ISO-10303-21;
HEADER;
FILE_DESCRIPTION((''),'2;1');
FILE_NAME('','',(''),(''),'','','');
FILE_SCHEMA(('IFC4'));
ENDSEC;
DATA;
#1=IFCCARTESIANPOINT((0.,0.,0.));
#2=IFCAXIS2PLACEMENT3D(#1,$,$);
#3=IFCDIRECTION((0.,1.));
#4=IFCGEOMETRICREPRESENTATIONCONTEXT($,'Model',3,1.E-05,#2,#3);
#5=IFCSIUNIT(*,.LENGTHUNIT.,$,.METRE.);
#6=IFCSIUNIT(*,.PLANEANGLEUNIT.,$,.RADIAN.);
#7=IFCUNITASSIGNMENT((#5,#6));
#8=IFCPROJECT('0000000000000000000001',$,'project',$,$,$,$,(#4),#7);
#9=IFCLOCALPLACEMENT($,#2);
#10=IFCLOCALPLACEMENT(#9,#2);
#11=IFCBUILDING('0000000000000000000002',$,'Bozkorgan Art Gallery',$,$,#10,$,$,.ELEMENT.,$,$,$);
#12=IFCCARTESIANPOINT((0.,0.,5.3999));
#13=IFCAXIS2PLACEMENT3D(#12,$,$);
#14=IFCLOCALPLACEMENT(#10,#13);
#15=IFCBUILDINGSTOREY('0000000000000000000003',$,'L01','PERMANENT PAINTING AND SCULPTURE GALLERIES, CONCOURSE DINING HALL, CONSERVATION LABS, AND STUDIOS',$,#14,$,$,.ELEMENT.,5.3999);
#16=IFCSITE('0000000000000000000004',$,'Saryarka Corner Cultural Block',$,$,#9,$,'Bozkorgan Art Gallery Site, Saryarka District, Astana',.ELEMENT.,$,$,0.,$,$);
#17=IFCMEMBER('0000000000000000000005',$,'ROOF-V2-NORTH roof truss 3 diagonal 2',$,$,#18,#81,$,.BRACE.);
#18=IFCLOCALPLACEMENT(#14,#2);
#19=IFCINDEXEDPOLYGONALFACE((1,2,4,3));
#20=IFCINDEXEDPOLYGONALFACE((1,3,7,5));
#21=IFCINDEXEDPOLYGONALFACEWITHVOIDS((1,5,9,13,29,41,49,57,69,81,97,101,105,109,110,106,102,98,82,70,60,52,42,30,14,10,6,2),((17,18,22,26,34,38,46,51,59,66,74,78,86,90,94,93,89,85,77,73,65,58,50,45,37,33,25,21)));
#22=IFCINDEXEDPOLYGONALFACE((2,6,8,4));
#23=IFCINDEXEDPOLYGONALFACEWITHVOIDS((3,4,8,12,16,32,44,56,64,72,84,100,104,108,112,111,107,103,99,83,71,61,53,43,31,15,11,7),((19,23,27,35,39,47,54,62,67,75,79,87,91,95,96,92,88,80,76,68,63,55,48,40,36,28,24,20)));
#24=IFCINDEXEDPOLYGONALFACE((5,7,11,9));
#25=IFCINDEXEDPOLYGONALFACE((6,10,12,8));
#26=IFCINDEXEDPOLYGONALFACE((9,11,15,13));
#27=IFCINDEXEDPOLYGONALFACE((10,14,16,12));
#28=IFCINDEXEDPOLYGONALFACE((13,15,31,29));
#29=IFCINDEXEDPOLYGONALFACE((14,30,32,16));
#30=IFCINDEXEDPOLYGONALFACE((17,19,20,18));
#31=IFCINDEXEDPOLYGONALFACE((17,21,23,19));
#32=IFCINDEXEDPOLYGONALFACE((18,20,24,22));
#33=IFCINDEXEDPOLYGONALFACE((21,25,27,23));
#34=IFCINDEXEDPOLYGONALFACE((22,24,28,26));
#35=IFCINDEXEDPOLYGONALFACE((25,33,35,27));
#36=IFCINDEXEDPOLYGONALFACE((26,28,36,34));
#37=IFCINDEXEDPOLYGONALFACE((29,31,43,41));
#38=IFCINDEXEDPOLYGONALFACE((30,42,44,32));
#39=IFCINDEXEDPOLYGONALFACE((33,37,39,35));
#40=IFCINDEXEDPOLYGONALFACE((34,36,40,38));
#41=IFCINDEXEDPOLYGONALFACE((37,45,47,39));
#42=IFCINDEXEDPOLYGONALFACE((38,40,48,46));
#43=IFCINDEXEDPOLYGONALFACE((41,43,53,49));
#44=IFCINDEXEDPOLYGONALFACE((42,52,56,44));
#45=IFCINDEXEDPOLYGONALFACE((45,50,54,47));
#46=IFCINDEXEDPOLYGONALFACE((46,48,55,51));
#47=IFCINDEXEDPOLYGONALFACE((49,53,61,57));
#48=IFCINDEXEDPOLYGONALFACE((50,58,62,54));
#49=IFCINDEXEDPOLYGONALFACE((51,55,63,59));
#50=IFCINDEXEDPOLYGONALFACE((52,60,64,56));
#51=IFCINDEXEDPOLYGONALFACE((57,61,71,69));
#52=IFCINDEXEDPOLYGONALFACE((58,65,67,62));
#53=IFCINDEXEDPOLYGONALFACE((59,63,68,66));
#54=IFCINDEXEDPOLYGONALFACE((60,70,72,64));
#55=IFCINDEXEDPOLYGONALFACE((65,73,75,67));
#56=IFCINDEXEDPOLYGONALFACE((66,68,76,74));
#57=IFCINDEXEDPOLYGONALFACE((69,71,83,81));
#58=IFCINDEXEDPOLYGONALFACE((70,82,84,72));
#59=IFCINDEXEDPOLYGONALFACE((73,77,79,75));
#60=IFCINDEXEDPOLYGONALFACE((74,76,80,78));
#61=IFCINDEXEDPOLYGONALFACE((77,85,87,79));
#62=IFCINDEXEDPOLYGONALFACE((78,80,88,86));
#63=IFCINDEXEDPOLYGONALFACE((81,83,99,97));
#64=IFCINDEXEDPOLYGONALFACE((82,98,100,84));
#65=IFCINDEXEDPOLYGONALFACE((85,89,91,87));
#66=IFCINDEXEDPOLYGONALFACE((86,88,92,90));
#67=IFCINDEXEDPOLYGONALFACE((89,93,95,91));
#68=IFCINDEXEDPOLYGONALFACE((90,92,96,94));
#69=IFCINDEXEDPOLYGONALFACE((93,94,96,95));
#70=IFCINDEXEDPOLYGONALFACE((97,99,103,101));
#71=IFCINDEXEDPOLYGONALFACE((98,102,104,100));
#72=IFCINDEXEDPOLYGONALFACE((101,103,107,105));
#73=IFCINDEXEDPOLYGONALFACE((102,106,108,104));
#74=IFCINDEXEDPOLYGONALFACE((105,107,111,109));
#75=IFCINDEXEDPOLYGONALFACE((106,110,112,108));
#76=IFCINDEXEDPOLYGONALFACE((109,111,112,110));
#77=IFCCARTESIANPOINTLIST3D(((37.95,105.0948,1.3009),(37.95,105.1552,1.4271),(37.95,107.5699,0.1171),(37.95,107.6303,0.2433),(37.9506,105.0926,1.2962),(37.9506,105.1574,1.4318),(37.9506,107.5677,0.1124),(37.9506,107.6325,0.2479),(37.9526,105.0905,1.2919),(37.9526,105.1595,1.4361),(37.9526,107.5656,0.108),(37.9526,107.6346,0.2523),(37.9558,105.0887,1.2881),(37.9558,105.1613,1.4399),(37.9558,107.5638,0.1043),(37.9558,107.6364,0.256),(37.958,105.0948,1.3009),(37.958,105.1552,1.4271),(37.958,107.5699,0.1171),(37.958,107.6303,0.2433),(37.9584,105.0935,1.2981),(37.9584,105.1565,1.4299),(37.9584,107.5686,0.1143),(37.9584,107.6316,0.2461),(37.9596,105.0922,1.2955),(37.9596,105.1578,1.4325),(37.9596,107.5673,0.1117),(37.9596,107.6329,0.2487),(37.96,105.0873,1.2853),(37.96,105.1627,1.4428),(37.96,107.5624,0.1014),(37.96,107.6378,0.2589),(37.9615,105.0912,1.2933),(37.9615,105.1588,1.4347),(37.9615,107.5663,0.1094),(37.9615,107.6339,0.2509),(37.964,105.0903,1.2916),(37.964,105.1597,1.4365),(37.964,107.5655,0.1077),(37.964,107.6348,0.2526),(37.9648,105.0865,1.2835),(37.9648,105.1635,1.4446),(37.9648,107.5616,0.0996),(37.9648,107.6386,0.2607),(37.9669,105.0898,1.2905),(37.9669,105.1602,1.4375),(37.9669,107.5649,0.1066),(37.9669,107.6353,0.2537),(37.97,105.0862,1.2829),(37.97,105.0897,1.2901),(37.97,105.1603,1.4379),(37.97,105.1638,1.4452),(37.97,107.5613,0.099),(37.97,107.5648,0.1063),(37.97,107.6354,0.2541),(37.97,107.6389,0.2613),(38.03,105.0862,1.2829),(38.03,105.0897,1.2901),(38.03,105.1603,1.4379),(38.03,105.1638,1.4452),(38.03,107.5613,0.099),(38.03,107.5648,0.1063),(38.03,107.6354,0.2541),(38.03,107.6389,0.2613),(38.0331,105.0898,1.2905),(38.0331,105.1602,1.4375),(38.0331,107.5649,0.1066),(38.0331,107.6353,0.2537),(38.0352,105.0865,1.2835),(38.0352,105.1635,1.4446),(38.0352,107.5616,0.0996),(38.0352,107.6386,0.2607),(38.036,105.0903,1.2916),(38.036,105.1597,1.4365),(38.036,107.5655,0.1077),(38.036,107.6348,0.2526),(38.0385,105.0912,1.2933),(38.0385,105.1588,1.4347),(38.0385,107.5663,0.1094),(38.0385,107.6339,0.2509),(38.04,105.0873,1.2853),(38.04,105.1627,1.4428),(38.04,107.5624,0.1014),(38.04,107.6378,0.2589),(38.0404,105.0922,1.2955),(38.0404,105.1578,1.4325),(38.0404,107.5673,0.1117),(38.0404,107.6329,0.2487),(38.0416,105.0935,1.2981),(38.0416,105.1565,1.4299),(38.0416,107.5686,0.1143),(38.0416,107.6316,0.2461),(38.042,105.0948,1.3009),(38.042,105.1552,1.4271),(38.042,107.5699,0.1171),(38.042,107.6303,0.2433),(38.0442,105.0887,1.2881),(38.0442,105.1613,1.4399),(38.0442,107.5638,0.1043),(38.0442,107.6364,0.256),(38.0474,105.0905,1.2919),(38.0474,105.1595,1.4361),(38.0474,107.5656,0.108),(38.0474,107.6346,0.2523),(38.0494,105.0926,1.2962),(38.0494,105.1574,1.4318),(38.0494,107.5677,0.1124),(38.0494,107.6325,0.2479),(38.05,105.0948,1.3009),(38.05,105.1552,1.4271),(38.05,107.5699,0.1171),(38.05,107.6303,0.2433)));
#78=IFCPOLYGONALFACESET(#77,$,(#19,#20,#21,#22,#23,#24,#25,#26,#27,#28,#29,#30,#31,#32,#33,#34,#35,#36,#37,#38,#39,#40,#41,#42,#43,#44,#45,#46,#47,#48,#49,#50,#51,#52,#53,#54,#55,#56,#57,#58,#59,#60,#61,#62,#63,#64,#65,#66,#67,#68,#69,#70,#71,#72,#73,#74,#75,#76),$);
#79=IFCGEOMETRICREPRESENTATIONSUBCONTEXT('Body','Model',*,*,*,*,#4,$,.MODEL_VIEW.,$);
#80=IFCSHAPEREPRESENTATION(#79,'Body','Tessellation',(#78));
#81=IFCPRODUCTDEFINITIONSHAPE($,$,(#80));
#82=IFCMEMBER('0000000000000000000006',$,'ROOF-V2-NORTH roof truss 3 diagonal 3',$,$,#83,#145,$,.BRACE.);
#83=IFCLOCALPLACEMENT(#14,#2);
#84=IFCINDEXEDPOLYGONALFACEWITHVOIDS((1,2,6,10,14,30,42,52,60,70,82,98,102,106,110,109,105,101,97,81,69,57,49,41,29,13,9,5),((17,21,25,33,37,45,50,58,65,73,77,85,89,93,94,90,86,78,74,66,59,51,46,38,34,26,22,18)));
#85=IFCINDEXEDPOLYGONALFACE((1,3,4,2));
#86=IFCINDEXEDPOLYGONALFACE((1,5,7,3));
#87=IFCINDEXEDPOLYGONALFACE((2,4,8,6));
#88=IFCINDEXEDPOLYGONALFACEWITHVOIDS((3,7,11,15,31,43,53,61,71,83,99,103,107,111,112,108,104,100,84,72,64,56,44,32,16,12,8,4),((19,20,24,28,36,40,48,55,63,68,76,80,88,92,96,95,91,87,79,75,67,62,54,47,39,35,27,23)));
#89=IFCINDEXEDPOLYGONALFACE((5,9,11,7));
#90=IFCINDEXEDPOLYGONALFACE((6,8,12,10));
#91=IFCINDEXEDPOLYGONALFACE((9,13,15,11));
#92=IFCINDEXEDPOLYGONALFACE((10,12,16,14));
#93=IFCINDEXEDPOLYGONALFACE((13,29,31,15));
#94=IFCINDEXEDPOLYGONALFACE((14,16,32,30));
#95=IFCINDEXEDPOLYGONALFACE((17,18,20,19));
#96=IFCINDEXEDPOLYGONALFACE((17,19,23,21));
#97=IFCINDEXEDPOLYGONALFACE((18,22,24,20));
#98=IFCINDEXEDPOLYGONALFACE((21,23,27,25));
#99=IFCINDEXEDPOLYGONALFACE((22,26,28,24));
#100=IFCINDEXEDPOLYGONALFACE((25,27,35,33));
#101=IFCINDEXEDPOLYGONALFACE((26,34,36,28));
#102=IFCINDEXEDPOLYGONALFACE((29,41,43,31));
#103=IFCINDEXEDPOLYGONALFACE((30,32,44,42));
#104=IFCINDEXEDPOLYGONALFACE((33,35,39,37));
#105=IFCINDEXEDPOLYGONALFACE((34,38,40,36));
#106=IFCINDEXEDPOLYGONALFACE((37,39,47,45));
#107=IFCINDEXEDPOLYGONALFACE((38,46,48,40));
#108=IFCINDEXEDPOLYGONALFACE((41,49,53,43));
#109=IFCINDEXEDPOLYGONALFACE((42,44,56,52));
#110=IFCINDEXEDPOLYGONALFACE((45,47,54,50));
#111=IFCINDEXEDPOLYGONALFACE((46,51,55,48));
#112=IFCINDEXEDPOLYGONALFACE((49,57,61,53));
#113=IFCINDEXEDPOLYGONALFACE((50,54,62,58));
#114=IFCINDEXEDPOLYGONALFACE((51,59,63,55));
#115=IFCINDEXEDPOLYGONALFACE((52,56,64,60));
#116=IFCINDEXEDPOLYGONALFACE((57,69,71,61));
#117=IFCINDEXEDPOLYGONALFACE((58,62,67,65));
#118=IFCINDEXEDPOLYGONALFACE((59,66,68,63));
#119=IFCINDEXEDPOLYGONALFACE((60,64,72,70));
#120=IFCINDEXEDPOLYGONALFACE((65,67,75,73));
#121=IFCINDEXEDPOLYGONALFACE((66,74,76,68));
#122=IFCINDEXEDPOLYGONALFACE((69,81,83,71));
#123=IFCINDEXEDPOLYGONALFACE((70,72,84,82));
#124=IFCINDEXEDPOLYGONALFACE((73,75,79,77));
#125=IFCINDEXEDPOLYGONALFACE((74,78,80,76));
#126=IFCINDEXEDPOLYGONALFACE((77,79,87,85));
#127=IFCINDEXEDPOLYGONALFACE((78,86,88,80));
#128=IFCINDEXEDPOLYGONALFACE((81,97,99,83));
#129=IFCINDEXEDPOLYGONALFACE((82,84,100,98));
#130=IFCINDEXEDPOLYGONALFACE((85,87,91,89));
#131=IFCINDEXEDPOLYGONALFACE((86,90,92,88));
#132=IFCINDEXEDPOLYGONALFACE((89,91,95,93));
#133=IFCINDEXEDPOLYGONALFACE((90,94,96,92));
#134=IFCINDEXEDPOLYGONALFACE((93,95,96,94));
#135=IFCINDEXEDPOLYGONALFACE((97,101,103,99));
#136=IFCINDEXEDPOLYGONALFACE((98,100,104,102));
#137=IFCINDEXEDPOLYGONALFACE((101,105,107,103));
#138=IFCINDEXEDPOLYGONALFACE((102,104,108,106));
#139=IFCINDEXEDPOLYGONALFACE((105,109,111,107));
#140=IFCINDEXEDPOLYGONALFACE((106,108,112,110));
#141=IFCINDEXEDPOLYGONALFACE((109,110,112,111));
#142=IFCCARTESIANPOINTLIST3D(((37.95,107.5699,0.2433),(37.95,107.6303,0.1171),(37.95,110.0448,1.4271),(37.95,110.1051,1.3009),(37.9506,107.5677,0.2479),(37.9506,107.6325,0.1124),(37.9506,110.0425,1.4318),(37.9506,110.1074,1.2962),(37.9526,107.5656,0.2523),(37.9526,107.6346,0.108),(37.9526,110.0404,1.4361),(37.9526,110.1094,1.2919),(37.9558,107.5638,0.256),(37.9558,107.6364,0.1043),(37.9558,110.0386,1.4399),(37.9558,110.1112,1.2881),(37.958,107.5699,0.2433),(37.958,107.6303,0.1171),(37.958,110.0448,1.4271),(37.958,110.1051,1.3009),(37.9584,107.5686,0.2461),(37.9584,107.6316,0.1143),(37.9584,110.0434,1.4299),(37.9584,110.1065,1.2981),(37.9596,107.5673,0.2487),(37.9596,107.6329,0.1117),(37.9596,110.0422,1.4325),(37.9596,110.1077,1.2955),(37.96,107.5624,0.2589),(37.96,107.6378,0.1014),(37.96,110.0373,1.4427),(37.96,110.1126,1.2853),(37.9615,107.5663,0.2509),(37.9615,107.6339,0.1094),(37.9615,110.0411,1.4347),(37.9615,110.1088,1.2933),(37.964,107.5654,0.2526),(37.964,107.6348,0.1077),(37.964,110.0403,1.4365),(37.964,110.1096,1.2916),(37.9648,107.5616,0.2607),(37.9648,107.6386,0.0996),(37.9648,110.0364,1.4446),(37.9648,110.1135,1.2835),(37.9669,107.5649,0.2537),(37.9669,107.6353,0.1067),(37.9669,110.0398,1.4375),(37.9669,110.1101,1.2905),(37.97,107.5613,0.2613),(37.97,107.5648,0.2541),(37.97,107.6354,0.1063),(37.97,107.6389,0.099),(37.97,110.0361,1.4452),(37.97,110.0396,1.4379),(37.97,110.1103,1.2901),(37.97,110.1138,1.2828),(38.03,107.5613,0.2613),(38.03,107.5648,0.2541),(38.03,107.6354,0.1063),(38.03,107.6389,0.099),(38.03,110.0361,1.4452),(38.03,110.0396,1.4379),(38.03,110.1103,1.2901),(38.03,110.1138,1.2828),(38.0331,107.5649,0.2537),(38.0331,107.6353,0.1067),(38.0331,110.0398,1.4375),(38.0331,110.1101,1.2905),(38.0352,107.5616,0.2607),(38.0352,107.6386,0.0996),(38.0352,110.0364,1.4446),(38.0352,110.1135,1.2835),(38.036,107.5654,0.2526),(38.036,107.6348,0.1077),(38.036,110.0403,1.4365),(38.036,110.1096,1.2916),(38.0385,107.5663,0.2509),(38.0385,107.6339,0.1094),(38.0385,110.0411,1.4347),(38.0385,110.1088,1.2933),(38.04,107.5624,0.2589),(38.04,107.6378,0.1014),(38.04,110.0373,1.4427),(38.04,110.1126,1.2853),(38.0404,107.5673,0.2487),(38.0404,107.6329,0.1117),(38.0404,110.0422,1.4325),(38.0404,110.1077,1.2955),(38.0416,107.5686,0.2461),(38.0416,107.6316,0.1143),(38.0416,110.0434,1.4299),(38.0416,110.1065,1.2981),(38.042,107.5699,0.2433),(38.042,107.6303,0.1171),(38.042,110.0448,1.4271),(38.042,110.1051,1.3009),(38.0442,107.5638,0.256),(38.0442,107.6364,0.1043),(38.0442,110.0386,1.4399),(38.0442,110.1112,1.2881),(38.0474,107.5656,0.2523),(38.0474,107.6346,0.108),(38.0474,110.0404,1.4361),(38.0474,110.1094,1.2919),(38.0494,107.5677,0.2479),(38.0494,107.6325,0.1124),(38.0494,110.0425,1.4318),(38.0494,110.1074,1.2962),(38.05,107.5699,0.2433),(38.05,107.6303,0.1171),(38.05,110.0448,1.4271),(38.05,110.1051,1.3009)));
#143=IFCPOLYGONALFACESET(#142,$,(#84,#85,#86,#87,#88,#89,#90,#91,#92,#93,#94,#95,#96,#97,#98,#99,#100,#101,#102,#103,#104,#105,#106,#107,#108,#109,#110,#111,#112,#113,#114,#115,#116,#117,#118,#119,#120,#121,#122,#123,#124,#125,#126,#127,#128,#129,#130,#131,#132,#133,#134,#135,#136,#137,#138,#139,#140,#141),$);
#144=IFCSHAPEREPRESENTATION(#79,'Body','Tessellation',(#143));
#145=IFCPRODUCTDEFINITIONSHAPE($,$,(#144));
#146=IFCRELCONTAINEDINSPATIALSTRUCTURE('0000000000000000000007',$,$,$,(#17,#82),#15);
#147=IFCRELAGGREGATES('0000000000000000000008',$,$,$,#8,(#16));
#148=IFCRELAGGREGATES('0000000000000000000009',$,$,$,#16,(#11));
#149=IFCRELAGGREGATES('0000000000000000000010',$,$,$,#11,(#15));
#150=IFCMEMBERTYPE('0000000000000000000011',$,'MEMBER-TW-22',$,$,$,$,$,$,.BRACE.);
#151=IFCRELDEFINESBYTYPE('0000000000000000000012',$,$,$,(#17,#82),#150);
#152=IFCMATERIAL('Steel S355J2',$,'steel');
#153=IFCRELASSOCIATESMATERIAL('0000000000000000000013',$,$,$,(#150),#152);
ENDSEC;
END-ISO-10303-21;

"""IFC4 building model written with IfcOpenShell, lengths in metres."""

from ifc_helpers import new_model, si_unit, direction, frame, origin, origin_2d, place, context, subcontext, project, spatial, hollow_rectangle, extrude, material, material_profile, profile_set, type_object, element, save


model = new_model("IFC4")

# Units and contexts
model_context = context("Model", 3, precision=1e-05, world=origin(), true_north=direction((0.0, 1.0)))
body_context = subcontext(model_context, "Body", "Model", "MODEL_VIEW")
ifc_project = project(units=[si_unit("LENGTHUNIT", "METRE"), si_unit("PLANEANGLEUNIT", "RADIAN")], contexts=[model_context])

# Site, building, storey
site_placement = place(None, origin())
site = spatial("IfcSite", under=ifc_project, at=site_placement, Name="Saryarka Corner Cultural Block", LongName="Bozkorgan Art Gallery Site, Saryarka District, Astana", CompositionType="ELEMENT", RefElevation=0.0)
building_placement = place(site_placement, origin())
building = spatial("IfcBuilding", under=site, at=building_placement, Name="Bozkorgan Art Gallery", CompositionType="ELEMENT")
storey_placement = place(building_placement, frame((0.0, 0.0, 5.3999)))
storey = spatial("IfcBuildingStorey", under=building, at=storey_placement, Name="L01", Description="PERMANENT PAINTING AND SCULPTURE GALLERIES, CONCOURSE DINING HALL, CONSERVATION LABS, AND STUDIOS", CompositionType="ELEMENT", Elevation=5.3999)

# Members
ifc_material_1 = material(Name="Steel S355J2", Category="steel")
ifc_material_profile_1 = material_profile(ifc_material_1, hollow_rectangle(XDim=0.1001, YDim=0.1799, WallThickness=0.0081, InnerFilletRadius=0.012, OuterFilletRadius=0.02, at=origin_2d()), Name="RHS 180x100x8")
ifc_profile_set_1 = profile_set([ifc_material_profile_1], Name="Steel S355J2")
member_type_1 = type_object("IfcMemberType", Name="MEMBER-TW-22", PredefinedType="BRACE", material=ifc_profile_set_1)
member_1_placement = place(storey_placement, frame((38.0, 105.125, 1.364), z_axis=(0.0, 0.902121, -0.431484), x_axis=(-1.0, 0.0, 0.0)))
element("IfcMember", 1, at=member_1_placement, inside=storey, type_object=member_type_1, Name="ROOF-V2-NORTH roof truss 3 diagonal 2", PredefinedType="BRACE", context=body_context, shape_type="SweptSolid", body=[
    extrude(hollow_rectangle(XDim=0.1001, YDim=0.1799, WallThickness=0.0081, InnerFilletRadius=0.012, OuterFilletRadius=0.02, at=origin_2d()), origin(), (0.0, 0.0, 1.0), 2.7437),
])
member_2_placement = place(storey_placement, frame((38.0, 107.6001, 0.1802), z_axis=(0.0, 0.902104, 0.431518), x_axis=(-1.0, 0.0, 0.0)))
element("IfcMember", 2, at=member_2_placement, inside=storey, type_object=member_type_1, Name="ROOF-V2-NORTH roof truss 3 diagonal 3", PredefinedType="BRACE", context=body_context, shape_type="SweptSolid", body=[
    extrude(hollow_rectangle(XDim=0.1001, YDim=0.1799, WallThickness=0.0081, InnerFilletRadius=0.012, OuterFilletRadius=0.02, at=origin_2d()), origin(), (0.0, 0.0, 1.0), 2.7434),
])

save(model, "model.ifc")
